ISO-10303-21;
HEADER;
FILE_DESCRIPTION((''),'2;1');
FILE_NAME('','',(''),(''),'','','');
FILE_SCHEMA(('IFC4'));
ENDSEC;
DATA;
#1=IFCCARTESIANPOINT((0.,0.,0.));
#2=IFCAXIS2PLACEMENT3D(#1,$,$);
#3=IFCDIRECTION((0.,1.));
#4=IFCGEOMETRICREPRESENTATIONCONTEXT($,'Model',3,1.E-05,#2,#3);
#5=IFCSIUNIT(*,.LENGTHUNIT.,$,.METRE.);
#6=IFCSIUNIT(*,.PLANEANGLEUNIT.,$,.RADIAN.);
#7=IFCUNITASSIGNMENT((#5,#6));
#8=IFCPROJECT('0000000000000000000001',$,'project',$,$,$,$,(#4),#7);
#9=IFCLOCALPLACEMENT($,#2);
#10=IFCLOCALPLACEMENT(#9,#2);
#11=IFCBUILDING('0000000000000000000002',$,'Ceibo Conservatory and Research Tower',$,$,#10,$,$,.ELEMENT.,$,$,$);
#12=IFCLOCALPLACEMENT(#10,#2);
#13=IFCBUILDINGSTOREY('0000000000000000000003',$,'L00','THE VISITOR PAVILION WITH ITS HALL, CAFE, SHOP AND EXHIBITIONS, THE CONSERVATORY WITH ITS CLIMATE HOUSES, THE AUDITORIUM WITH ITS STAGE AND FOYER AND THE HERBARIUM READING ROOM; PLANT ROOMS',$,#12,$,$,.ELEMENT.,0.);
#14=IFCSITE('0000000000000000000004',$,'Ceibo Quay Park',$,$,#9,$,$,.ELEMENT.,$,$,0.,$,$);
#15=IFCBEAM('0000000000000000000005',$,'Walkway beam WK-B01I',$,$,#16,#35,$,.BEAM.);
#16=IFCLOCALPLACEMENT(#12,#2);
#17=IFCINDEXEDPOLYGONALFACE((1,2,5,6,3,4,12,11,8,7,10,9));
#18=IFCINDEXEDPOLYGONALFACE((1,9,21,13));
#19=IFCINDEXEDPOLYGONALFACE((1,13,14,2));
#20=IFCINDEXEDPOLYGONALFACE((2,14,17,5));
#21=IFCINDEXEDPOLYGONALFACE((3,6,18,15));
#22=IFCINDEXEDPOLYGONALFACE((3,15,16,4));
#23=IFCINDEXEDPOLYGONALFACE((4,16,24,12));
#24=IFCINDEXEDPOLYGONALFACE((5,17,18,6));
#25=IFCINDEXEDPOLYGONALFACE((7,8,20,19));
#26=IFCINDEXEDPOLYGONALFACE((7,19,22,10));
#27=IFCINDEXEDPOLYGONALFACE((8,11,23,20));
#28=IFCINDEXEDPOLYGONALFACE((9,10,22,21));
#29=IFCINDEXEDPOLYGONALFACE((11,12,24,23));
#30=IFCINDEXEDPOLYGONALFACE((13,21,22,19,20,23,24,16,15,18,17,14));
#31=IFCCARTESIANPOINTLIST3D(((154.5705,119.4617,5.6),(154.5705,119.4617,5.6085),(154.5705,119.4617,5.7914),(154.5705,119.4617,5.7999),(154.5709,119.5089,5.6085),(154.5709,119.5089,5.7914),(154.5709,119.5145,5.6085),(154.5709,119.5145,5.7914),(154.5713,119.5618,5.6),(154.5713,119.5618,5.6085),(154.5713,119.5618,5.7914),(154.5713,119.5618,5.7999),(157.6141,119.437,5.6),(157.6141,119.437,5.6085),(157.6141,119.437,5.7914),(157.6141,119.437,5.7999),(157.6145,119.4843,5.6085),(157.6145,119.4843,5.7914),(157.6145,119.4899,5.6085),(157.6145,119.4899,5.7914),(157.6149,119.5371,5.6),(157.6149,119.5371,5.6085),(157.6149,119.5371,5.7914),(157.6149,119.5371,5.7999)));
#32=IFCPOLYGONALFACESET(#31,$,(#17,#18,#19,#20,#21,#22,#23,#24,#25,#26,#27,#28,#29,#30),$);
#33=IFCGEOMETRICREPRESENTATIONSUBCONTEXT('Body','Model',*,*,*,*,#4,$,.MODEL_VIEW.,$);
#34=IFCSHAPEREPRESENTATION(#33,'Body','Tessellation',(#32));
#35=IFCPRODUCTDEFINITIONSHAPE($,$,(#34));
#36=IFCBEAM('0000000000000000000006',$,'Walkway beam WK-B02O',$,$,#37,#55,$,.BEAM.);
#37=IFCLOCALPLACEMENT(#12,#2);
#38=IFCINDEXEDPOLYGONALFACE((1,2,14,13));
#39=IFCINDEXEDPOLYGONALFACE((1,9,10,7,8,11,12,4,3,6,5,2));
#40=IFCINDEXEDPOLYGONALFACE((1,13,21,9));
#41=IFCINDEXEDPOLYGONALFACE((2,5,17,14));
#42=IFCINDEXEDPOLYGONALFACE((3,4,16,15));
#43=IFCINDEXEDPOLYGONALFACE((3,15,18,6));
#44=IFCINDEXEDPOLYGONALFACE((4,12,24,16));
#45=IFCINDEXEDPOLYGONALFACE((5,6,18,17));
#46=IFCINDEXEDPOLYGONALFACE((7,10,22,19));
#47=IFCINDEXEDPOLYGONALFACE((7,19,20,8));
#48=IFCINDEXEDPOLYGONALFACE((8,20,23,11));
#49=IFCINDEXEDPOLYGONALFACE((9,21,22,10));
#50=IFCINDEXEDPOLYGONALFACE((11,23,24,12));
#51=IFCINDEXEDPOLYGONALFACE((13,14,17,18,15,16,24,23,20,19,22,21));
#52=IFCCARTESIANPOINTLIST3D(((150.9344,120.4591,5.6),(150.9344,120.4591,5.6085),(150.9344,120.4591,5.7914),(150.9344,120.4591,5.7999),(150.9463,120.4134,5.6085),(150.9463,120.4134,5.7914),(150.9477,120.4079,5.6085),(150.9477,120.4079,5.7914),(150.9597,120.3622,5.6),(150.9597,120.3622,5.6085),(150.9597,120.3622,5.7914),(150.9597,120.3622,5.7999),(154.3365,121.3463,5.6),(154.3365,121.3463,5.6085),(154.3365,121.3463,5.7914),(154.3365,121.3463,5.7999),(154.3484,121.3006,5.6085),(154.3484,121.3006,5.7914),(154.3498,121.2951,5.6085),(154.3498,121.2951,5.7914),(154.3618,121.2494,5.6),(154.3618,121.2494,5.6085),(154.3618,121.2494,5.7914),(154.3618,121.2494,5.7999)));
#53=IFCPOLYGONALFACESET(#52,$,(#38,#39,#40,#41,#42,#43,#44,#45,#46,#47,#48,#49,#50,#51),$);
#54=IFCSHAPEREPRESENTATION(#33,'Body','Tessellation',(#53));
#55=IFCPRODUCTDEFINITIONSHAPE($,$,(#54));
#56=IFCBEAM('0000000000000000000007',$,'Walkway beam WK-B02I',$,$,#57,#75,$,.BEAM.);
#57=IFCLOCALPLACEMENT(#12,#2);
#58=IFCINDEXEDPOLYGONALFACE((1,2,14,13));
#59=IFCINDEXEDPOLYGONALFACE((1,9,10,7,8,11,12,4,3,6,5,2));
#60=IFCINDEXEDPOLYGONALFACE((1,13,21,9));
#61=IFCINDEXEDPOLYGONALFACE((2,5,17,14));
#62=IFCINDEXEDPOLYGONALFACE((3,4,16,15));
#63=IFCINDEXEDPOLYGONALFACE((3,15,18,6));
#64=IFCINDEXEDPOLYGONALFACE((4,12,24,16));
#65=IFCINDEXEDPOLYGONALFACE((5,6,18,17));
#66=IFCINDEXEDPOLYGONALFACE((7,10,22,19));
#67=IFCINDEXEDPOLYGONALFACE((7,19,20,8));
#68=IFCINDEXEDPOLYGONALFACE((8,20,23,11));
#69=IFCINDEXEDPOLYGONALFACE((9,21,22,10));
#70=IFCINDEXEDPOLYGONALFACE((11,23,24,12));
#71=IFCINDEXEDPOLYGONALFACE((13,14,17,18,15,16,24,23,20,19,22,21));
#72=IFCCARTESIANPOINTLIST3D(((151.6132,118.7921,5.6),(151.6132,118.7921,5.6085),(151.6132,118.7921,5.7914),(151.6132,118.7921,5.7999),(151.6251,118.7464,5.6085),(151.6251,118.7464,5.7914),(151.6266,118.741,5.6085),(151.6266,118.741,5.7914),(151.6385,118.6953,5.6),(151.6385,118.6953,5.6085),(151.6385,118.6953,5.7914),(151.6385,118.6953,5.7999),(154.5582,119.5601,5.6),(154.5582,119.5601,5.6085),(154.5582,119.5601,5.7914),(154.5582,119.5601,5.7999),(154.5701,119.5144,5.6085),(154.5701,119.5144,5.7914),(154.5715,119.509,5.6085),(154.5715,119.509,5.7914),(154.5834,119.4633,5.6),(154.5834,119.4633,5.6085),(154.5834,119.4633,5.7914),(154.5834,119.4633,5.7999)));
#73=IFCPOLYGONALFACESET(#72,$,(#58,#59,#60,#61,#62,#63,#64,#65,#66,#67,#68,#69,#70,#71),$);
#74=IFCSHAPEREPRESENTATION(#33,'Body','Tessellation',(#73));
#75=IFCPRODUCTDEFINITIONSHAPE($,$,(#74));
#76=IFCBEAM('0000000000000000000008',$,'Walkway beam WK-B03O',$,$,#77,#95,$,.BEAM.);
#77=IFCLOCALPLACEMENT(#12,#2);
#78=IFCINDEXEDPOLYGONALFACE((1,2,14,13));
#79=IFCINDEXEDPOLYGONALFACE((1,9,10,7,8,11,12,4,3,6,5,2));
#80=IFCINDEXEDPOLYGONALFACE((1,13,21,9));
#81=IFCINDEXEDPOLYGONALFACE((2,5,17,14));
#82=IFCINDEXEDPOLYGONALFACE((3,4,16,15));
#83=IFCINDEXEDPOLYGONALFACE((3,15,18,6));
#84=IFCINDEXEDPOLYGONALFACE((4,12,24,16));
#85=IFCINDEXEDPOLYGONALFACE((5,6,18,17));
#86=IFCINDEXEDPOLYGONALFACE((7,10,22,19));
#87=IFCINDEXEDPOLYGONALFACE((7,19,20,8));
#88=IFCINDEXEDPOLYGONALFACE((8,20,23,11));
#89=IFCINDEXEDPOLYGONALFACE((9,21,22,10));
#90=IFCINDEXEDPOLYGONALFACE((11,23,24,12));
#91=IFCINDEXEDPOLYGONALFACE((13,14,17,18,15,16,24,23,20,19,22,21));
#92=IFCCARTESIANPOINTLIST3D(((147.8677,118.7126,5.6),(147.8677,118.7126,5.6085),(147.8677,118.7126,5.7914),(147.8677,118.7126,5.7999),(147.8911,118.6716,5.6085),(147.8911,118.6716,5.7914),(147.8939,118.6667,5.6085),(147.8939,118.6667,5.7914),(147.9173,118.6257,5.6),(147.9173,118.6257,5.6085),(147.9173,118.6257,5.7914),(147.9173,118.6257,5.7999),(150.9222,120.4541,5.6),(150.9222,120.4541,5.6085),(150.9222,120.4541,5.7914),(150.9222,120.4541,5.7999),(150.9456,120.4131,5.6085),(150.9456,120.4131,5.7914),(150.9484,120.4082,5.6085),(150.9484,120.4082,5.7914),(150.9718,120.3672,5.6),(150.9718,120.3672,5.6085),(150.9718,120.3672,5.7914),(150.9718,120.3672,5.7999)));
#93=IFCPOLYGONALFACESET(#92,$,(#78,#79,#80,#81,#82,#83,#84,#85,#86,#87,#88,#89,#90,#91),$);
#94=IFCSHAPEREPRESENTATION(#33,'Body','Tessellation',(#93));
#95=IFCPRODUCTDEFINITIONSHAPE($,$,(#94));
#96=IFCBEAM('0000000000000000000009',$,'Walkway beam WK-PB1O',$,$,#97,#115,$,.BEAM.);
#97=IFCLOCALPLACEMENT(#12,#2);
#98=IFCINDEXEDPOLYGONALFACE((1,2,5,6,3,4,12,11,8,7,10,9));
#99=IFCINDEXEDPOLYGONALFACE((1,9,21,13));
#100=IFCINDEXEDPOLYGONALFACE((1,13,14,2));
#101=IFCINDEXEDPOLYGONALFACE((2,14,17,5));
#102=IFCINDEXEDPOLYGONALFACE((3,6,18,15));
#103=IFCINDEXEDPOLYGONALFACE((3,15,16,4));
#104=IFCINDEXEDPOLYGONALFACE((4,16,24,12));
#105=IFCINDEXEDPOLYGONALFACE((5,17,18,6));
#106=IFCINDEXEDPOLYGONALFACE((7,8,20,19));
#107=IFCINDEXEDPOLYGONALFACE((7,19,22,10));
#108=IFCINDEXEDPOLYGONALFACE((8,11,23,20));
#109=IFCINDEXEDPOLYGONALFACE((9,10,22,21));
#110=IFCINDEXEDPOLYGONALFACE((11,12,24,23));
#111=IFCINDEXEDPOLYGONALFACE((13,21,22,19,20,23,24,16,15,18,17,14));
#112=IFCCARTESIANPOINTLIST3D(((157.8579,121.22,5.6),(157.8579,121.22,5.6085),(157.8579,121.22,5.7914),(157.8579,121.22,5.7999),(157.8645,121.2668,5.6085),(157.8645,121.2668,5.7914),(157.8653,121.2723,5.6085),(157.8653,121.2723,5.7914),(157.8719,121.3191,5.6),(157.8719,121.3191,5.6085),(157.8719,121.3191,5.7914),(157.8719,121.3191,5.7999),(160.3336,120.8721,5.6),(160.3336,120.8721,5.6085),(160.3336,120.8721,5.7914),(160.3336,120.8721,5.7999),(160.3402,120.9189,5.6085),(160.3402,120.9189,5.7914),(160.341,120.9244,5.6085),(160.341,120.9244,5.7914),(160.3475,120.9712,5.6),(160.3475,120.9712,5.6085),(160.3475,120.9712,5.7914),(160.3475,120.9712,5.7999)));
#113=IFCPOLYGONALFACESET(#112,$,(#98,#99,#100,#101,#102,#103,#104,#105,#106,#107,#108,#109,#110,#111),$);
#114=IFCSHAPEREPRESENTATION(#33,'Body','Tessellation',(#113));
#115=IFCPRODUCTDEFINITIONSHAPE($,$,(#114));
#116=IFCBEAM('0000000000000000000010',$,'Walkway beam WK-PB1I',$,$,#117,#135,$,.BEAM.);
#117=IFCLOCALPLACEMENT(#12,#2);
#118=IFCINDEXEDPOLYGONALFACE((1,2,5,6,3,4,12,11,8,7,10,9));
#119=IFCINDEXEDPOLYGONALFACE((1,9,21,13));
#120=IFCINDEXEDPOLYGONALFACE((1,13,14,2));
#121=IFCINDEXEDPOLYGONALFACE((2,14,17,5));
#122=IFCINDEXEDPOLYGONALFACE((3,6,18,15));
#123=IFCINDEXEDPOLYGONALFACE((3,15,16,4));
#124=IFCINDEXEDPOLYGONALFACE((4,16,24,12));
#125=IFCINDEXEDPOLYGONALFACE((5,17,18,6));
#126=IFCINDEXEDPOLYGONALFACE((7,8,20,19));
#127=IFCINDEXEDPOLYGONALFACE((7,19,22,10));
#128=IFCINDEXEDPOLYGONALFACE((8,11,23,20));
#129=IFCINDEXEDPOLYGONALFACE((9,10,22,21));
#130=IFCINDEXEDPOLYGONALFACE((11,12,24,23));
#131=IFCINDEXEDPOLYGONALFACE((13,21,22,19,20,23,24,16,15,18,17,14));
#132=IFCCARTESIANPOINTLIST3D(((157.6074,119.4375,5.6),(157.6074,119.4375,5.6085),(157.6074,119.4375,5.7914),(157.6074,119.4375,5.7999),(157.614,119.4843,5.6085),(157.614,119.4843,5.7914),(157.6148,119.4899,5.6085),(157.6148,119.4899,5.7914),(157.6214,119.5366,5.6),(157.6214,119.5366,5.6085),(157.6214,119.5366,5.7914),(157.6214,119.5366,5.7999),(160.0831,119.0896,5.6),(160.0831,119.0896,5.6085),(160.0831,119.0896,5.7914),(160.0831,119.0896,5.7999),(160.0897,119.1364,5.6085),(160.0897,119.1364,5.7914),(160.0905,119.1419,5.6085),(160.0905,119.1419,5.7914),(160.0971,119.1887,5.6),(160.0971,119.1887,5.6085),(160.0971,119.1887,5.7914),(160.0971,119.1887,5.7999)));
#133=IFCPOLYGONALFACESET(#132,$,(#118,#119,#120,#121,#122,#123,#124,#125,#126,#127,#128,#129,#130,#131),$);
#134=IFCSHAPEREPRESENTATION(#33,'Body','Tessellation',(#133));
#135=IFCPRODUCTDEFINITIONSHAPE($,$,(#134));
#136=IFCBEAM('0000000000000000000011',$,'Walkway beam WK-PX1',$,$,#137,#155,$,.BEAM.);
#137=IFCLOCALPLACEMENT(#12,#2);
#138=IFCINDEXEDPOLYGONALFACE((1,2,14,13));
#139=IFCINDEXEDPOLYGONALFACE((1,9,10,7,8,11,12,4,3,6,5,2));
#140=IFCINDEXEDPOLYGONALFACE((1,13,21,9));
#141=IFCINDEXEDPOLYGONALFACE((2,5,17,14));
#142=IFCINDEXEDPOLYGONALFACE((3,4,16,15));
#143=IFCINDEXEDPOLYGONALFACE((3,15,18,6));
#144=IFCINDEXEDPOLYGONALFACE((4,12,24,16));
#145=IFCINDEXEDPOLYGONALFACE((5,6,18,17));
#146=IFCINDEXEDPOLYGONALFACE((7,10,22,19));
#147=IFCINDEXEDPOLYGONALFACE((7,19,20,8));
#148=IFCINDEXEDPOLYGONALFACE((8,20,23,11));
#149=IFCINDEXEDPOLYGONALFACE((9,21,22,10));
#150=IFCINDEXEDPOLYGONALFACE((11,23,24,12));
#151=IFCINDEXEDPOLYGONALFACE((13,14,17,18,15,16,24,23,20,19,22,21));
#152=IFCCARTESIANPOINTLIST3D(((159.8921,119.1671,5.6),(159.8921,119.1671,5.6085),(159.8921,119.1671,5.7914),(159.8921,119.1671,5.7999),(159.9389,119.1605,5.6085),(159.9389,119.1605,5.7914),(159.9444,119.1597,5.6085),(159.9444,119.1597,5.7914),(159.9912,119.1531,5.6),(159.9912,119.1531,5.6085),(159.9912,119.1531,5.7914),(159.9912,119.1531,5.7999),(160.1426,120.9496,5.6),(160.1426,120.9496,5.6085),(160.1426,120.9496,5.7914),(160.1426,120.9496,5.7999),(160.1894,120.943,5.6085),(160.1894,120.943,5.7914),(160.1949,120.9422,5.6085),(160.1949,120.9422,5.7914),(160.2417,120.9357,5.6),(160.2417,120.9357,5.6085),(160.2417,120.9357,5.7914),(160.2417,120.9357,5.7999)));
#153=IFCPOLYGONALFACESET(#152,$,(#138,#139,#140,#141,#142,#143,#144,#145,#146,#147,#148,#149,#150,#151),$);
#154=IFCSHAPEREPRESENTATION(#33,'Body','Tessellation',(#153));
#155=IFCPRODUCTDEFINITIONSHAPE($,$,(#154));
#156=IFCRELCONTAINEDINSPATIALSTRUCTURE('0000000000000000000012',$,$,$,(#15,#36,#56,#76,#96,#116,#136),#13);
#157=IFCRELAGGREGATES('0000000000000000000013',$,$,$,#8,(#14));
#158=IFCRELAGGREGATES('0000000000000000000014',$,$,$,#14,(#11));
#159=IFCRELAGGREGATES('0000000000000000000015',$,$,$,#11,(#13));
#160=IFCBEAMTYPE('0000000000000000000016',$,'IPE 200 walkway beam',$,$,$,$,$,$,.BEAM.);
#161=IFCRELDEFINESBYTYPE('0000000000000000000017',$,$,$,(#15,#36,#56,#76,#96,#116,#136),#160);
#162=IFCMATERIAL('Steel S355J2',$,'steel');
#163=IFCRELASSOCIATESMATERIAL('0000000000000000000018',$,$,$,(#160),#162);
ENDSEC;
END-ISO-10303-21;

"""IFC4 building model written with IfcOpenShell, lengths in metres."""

from ifc_helpers import new_model, si_unit, direction, frame, origin, origin_2d, place, context, subcontext, project, spatial, i_section, extrude, material, material_profile, profile_set, type_object, element, save


model = new_model("IFC4")

# Units and contexts
model_context = context("Model", 3, precision=1e-05, world=origin(), true_north=direction((0.0, 1.0)))
body_context = subcontext(model_context, "Body", "Model", "MODEL_VIEW")
ifc_project = project(units=[si_unit("LENGTHUNIT", "METRE"), si_unit("PLANEANGLEUNIT", "RADIAN")], contexts=[model_context])

# Site, building, storey
site_placement = place(None, origin())
site = spatial("IfcSite", under=ifc_project, at=site_placement, Name="Ceibo Quay Park", CompositionType="ELEMENT", RefElevation=0.0)
building_placement = place(site_placement, origin())
building = spatial("IfcBuilding", under=site, at=building_placement, Name="Ceibo Conservatory and Research Tower", CompositionType="ELEMENT")
storey_placement = place(building_placement, origin())
storey = spatial("IfcBuildingStorey", under=building, at=storey_placement, Name="L00", Description="THE VISITOR PAVILION WITH ITS HALL, CAFE, SHOP AND EXHIBITIONS, THE CONSERVATORY WITH ITS CLIMATE HOUSES, THE AUDITORIUM WITH ITS STAGE AND FOYER AND THE HERBARIUM READING ROOM; PLANT ROOMS", CompositionType="ELEMENT", Elevation=0.0)

# Beams
ifc_material_1 = material(Name="Steel S355J2", Category="steel")
ifc_material_profile_1 = material_profile(ifc_material_1, i_section(OverallWidth=0.1001, OverallDepth=0.2, WebThickness=0.0056, FlangeThickness=0.0085, at=origin_2d()), Name="IPE 200")
ifc_profile_set_1 = profile_set([ifc_material_profile_1], Name="Steel S355J2")
beam_type = type_object("IfcBeamType", Name="IPE 200 walkway beam", PredefinedType="BEAM", material=ifc_profile_set_1)
beam_1_placement = place(storey_placement, frame((157.6145, 119.4871, 5.7), z_axis=(-0.999967, 0.008101, 0.0), x_axis=(-0.008101, -0.999967, 0.0)))
element("IfcBeam", 1, at=beam_1_placement, inside=storey, type_object=beam_type, Name="Walkway beam WK-B01I", PredefinedType="BEAM", context=body_context, shape_type="SweptSolid", body=[
    extrude(i_section(OverallWidth=0.1001, OverallDepth=0.2, WebThickness=0.0056, FlangeThickness=0.0085, at=origin_2d()), origin(), (0.0, 0.0, 1.0), 3.0437),
])
beam_2_placement = place(storey_placement, frame((154.3491, 121.2979, 5.7), z_axis=(-0.967638, -0.252343, 0.0), x_axis=(0.252343, -0.967638, 0.0)))
element("IfcBeam", 2, at=beam_2_placement, inside=storey, type_object=beam_type, Name="Walkway beam WK-B02O", PredefinedType="BEAM", context=body_context, shape_type="SweptSolid", body=[
    extrude(i_section(OverallWidth=0.1001, OverallDepth=0.2, WebThickness=0.0056, FlangeThickness=0.0085, at=origin_2d()), origin(), (0.0, 0.0, 1.0), 3.5159),
])
beam_3_placement = place(storey_placement, frame((154.5708, 119.5117, 5.7), z_axis=(-0.967634, -0.252357, 0.0), x_axis=(0.252357, -0.967634, 0.0)))
element("IfcBeam", 3, at=beam_3_placement, inside=storey, type_object=beam_type, Name="Walkway beam WK-B02I", PredefinedType="BEAM", context=body_context, shape_type="SweptSolid", body=[
    extrude(i_section(OverallWidth=0.1001, OverallDepth=0.2, WebThickness=0.0056, FlangeThickness=0.0085, at=origin_2d()), origin(), (0.0, 0.0, 1.0), 3.0435),
])
beam_4_placement = place(storey_placement, frame((150.947, 120.4106, 5.7), z_axis=(-0.868726, -0.495294, 0.0), x_axis=(0.495294, -0.868726, 0.0)))
element("IfcBeam", 4, at=beam_4_placement, inside=storey, type_object=beam_type, Name="Walkway beam WK-B03O", PredefinedType="BEAM", context=body_context, shape_type="SweptSolid", body=[
    extrude(i_section(OverallWidth=0.1001, OverallDepth=0.2, WebThickness=0.0056, FlangeThickness=0.0085, at=origin_2d()), origin(), (0.0, 0.0, 1.0), 3.5161),
])
for number, where, z_axis, x_axis, name in (
    (5, (160.3406, 120.9216, 5.7), (-0.990269, 0.139165, 0.0), (-0.139165, -0.990269, 0.0), "Walkway beam WK-PB1O"),
    (6, (160.0901, 119.1392, 5.7), (-0.990269, 0.139165, 0.0), (-0.139165, -0.990269, 0.0), "Walkway beam WK-PB1I"),
):
    element("IfcBeam", number, at=place(storey_placement, frame(where, z_axis=z_axis, x_axis=x_axis)), inside=storey, type_object=beam_type, Name=name, PredefinedType="BEAM", context=body_context, shape_type="SweptSolid", body=[
        extrude(i_section(OverallWidth=0.1001, OverallDepth=0.2, WebThickness=0.0056, FlangeThickness=0.0085, at=origin_2d()), origin(), (0.0, 0.0, 1.0), 2.5),
    ])
beam_5_placement = place(storey_placement, frame((160.1921, 120.9426, 5.7), z_axis=(-0.139161, -0.99027, 0.0), x_axis=(0.99027, -0.139161, 0.0)))
element("IfcBeam", 7, at=beam_5_placement, inside=storey, type_object=beam_type, Name="Walkway beam WK-PX1", PredefinedType="BEAM", context=body_context, shape_type="SweptSolid", body=[
    extrude(i_section(OverallWidth=0.1001, OverallDepth=0.2, WebThickness=0.0056, FlangeThickness=0.0085, at=origin_2d()), origin(), (0.0, 0.0, 1.0), 1.8),
])

save(model, "model.ifc")
